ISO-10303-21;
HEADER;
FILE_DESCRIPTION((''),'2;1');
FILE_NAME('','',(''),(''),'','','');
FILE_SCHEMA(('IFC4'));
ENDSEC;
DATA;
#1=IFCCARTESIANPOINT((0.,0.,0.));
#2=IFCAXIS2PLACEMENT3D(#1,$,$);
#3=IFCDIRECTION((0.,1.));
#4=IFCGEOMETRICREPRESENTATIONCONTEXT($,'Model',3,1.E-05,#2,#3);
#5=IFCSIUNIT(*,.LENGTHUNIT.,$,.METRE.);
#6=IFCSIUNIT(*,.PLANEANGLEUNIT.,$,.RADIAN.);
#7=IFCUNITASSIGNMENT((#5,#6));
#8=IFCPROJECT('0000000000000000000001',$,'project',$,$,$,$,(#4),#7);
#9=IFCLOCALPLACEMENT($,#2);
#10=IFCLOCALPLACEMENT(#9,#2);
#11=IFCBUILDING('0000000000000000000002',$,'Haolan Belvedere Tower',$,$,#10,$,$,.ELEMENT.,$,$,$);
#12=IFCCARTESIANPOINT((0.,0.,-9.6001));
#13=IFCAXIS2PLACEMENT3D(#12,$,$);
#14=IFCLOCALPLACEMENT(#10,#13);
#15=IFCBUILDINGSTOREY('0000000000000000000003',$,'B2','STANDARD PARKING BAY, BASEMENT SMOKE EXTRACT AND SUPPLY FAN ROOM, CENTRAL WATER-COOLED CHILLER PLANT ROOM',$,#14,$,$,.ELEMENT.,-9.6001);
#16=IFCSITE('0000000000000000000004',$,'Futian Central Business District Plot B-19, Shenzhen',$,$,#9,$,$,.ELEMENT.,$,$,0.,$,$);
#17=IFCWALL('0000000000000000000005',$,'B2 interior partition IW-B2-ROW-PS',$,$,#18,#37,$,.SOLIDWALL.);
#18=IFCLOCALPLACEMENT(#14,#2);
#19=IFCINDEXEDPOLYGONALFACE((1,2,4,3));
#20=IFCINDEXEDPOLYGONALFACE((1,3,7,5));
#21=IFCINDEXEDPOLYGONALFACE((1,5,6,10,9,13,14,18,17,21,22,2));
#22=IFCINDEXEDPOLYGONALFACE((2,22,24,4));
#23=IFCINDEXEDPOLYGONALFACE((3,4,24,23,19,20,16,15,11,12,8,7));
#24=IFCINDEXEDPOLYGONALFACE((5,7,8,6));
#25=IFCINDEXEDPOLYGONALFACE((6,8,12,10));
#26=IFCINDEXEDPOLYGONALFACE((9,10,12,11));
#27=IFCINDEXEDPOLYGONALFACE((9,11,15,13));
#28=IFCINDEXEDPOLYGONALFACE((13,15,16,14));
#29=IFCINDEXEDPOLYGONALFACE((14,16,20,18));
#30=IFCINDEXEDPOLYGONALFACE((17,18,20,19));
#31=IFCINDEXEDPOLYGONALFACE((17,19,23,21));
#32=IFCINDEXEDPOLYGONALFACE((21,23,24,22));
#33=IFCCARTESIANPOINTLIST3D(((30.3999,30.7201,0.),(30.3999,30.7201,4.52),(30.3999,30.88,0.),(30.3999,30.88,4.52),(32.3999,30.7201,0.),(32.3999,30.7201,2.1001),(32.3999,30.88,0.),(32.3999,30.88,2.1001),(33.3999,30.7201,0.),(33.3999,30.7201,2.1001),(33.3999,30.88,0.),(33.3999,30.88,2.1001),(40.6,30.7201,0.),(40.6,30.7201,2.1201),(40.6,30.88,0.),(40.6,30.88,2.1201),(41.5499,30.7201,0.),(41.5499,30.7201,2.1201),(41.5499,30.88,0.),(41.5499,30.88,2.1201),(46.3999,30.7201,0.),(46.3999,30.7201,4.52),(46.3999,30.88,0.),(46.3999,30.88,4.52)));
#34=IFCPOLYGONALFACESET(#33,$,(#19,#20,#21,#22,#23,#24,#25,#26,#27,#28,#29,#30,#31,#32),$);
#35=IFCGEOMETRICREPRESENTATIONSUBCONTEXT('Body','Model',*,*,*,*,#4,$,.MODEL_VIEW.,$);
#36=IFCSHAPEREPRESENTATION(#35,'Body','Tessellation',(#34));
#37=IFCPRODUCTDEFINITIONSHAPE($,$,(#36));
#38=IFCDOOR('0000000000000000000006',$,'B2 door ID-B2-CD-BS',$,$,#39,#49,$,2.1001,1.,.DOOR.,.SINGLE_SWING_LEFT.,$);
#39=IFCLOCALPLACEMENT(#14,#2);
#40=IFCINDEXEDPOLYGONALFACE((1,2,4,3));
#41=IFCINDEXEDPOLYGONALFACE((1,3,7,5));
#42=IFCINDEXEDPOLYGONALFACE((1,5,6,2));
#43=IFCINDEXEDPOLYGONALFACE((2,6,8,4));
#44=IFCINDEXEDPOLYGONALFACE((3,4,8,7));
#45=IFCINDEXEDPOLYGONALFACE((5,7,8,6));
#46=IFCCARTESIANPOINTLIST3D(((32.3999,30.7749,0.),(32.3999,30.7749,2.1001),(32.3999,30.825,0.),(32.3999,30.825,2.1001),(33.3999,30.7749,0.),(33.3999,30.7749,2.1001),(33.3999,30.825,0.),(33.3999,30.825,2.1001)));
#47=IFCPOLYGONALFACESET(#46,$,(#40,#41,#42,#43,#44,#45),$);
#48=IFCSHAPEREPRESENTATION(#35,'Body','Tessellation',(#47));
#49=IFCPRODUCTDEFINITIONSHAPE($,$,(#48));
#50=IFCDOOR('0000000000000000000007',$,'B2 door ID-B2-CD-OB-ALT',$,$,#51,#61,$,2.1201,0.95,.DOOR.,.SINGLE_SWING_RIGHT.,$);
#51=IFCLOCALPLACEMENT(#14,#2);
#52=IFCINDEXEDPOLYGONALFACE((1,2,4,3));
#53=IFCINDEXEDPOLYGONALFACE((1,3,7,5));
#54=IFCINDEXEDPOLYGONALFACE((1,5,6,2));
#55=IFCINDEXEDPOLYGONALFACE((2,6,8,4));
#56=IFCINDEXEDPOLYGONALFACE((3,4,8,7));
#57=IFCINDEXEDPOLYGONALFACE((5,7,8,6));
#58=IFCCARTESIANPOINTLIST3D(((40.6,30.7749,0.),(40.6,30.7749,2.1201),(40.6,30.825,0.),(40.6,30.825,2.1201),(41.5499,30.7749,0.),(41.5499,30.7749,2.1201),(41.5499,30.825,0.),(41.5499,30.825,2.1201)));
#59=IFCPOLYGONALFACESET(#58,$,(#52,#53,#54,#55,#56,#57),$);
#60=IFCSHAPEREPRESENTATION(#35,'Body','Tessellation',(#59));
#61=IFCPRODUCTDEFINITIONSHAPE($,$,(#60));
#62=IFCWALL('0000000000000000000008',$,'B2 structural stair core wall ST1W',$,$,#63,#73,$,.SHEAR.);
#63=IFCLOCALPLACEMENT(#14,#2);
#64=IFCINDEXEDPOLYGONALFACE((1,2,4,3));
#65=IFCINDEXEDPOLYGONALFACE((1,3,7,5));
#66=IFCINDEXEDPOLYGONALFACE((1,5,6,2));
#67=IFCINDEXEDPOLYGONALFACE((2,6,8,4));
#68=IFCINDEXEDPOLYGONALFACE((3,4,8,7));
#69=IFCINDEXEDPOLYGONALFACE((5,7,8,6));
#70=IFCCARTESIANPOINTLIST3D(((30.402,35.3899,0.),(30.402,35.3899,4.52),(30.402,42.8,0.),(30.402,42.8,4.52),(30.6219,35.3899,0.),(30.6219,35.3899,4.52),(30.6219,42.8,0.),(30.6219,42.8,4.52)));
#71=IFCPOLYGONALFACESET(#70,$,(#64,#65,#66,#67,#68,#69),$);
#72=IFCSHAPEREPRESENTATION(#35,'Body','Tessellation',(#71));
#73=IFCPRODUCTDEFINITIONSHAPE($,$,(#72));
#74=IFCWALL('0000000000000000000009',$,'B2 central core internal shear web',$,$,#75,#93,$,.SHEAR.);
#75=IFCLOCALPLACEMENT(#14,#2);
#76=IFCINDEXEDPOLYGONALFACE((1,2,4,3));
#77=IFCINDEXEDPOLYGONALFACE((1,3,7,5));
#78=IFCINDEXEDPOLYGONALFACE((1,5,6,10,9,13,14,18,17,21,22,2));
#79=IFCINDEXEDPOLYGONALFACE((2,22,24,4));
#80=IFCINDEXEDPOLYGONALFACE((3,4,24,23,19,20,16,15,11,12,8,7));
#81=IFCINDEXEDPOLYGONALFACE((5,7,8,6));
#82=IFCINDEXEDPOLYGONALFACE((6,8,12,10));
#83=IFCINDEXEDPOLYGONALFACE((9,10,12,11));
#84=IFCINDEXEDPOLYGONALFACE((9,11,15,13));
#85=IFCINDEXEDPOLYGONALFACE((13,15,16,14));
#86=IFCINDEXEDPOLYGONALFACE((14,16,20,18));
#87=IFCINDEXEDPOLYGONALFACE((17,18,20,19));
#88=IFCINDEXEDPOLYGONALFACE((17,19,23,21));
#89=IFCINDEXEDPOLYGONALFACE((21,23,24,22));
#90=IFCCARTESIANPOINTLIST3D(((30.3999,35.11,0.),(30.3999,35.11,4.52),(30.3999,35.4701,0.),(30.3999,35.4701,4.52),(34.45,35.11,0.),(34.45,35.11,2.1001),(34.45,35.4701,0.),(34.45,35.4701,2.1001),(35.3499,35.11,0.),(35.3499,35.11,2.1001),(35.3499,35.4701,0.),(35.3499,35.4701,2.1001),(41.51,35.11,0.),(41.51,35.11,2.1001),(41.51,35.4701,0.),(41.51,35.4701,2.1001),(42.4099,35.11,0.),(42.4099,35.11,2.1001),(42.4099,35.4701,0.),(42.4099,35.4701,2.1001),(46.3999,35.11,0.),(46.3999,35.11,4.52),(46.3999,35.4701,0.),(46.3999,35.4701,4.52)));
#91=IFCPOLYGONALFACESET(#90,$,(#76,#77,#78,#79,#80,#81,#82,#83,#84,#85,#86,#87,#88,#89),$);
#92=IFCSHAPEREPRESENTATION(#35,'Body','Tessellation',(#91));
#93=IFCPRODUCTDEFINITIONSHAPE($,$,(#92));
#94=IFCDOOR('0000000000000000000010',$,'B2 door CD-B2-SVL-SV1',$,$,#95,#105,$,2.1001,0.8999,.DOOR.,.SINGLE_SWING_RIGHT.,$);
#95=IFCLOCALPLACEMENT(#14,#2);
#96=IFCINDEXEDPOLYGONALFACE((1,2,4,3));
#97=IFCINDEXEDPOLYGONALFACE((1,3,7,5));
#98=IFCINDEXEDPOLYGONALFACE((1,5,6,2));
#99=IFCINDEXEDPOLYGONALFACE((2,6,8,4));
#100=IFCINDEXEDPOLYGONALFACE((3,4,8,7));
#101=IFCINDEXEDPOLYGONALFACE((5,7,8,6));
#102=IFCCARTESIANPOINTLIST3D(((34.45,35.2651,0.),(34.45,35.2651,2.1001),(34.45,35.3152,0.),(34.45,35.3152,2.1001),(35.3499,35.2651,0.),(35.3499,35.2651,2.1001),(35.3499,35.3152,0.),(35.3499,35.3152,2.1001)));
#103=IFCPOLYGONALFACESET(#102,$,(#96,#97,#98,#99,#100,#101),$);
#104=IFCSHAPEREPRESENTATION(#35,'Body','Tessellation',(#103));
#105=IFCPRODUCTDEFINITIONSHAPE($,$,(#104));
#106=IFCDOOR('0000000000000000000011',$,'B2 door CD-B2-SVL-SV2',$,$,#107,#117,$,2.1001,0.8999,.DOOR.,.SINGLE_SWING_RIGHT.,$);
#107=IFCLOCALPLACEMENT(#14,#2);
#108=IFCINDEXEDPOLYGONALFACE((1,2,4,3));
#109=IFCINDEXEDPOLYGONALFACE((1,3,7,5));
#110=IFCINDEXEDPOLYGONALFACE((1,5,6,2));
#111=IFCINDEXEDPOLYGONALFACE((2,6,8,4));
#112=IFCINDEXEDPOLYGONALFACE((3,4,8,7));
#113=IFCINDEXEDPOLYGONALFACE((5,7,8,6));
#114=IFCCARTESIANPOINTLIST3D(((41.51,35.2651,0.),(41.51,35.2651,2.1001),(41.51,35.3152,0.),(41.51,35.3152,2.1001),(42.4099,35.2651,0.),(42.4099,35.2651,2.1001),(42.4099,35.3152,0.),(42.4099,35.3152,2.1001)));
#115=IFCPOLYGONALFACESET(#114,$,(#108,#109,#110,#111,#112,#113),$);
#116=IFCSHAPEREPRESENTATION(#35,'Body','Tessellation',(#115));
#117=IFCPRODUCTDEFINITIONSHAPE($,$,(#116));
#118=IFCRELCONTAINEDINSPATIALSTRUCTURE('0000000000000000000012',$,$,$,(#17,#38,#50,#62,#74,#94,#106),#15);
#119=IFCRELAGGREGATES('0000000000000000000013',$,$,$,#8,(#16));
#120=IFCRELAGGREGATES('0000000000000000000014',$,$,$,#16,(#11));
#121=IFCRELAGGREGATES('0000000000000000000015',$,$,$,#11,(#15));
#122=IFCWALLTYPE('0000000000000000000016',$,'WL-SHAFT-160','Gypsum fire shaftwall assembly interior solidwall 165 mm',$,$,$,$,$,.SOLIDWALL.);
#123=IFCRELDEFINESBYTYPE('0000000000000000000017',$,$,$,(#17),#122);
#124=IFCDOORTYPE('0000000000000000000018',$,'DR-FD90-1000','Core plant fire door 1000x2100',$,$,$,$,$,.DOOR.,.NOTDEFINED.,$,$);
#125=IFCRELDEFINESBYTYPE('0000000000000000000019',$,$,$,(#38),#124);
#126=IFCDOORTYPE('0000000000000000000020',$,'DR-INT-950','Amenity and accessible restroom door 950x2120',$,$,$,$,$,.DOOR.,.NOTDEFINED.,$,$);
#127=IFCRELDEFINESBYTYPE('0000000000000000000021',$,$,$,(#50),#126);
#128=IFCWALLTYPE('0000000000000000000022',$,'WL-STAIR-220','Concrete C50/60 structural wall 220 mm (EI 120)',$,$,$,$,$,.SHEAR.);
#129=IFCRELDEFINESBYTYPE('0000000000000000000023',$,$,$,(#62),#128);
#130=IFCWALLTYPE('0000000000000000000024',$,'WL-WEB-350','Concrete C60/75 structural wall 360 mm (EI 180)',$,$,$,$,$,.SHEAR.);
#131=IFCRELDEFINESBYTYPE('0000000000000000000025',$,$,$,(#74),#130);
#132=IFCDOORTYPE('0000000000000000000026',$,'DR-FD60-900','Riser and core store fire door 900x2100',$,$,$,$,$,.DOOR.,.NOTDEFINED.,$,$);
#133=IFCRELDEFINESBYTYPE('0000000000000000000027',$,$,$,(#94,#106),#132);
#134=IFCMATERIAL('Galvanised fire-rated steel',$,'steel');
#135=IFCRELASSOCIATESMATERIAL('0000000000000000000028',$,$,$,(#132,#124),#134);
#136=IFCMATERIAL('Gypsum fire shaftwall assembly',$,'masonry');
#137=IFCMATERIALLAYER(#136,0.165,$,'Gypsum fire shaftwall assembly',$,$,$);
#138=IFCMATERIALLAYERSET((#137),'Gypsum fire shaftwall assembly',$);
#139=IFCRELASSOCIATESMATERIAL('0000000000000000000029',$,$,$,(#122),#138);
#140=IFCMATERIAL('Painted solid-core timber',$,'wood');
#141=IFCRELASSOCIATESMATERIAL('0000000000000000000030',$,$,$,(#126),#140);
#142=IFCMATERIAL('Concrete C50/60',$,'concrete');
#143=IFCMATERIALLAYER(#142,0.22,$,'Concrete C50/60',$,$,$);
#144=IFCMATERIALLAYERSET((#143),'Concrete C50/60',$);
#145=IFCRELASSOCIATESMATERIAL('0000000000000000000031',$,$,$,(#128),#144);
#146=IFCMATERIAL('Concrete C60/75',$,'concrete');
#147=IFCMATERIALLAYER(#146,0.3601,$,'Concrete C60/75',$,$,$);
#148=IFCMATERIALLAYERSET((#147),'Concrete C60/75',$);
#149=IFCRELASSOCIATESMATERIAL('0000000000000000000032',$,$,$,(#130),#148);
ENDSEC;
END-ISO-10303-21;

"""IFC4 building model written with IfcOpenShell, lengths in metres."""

from ifc_helpers import new_model, si_unit, direction, frame, frame_2d, origin, place, context, subcontext, project, spatial, rectangle, extrude, material, layer, layer_set, type_object, element, fill, save


model = new_model("IFC4")

# Units and contexts
model_context = context("Model", 3, precision=1e-05, world=origin(), true_north=direction((0.0, 1.0)))
body_context = subcontext(model_context, "Body", "Model", "MODEL_VIEW")
ifc_project = project(units=[si_unit("LENGTHUNIT", "METRE"), si_unit("PLANEANGLEUNIT", "RADIAN")], contexts=[model_context])

# Site, building, storey
site_placement = place(None, origin())
site = spatial("IfcSite", under=ifc_project, at=site_placement, Name="Futian Central Business District Plot B-19, Shenzhen", CompositionType="ELEMENT", RefElevation=0.0)
building_placement = place(site_placement, origin())
building = spatial("IfcBuilding", under=site, at=building_placement, Name="Haolan Belvedere Tower", CompositionType="ELEMENT")
storey_placement = place(building_placement, frame((0.0, 0.0, -9.6001)))
storey = spatial("IfcBuildingStorey", under=building, at=storey_placement, Name="B2", Description="STANDARD PARKING BAY, BASEMENT SMOKE EXTRACT AND SUPPLY FAN ROOM, CENTRAL WATER-COOLED CHILLER PLANT ROOM", CompositionType="ELEMENT", Elevation=-9.6001)

# Shared definitions
ifc_material_1 = material(Name="Galvanised fire-rated steel", Category="steel")
door_type_1 = type_object("IfcDoorType", Name="DR-FD60-900", Description="Riser and core store fire door 900x2100", OperationType="NOTDEFINED", PredefinedType="DOOR", material=ifc_material_1)

# Shared definitions
ifc_material_2 = material(Name="Gypsum fire shaftwall assembly", Category="masonry")
ifc_layer_1 = layer(ifc_material_2, 0.165, Name="Gypsum fire shaftwall assembly")
ifc_layer_set_1 = layer_set([ifc_layer_1], Name="Gypsum fire shaftwall assembly")
wall_type_1 = type_object("IfcWallType", Name="WL-SHAFT-160", Description="Gypsum fire shaftwall assembly interior solidwall 165 mm", PredefinedType="SOLIDWALL", material=ifc_layer_set_1)
ifc_material_3 = material(Name="Painted solid-core timber", Category="wood")
door_type_2 = type_object("IfcDoorType", Name="DR-INT-950", Description="Amenity and accessible restroom door 950x2120", OperationType="NOTDEFINED", PredefinedType="DOOR", material=ifc_material_3)

# Wall, openings, doors
wall_1_placement = place(storey_placement, frame((30.3999, 30.8, 0.0), z_axis=(0.0, 0.0, 1.0), x_axis=(1.0, 0.0, 0.0)))
wall_1 = element("IfcWall", 1, at=wall_1_placement, inside=storey, type_object=wall_type_1, Name="B2 interior partition IW-B2-ROW-PS", PredefinedType="SOLIDWALL", context=body_context, shape_type="SweptSolid", body=[
    extrude(rectangle(XDim=16.0, YDim=0.1599, at=frame_2d((8.0, 0.0))), origin(), (0.0, 0.0, 1.0), 4.52),
])
opening_1_placement = place(wall_1_placement, frame((2.0, 0.0, 0.0)))
opening_1 = element("IfcOpeningElement", 2, at=opening_1_placement, cuts=wall_1, PredefinedType="OPENING", context=body_context, shape_type="SweptSolid", body=[
    extrude(rectangle(XDim=1.0, YDim=2.1001, at=frame_2d((0.5, 1.05))), frame((0.0, 0.0898, 0.0), z_axis=(0.0, -1.0, 0.0), x_axis=(1.0, 0.0, 0.0)), (0.0, 0.0, 1.0), 0.1799),
])
opening_2_placement = place(wall_1_placement, frame((10.2, 0.0, 0.0)))
opening_2 = element("IfcOpeningElement", 3, at=opening_2_placement, cuts=wall_1, PredefinedType="OPENING", context=body_context, shape_type="SweptSolid", body=[
    extrude(rectangle(XDim=0.95, YDim=2.1201, at=frame_2d((0.4751, 1.0601))), frame((0.0, 0.0898, 0.0), z_axis=(0.0, -1.0, 0.0), x_axis=(1.0, 0.0, 0.0)), (0.0, 0.0, 1.0), 0.1799),
])
door_type_3 = type_object("IfcDoorType", Name="DR-FD90-1000", Description="Core plant fire door 1000x2100", OperationType="NOTDEFINED", PredefinedType="DOOR", material=ifc_material_1)
door_1_placement = place(opening_1_placement, origin())
door_1 = element("IfcDoor", 4, at=door_1_placement, inside=storey, type_object=door_type_3, Name="B2 door ID-B2-CD-BS", OperationType="SINGLE_SWING_LEFT", OverallHeight=2.1001, OverallWidth=1.0, PredefinedType="DOOR", context=body_context, shape_type="SweptSolid", body=[
    extrude(rectangle(XDim=1.0, YDim=2.1001, at=frame_2d((0.5, 1.05))), frame((0.0, 0.0249, 0.0), z_axis=(0.0, -1.0, 0.0), x_axis=(1.0, 0.0, 0.0)), (0.0, 0.0, 1.0), 0.05),
])
fill(opening_1, door_1)
door_2_placement = place(opening_2_placement, origin())
door_2 = element("IfcDoor", 5, at=door_2_placement, inside=storey, type_object=door_type_2, Name="B2 door ID-B2-CD-OB-ALT", OperationType="SINGLE_SWING_RIGHT", OverallHeight=2.1201, OverallWidth=0.95, PredefinedType="DOOR", context=body_context, shape_type="SweptSolid", body=[
    extrude(rectangle(XDim=0.95, YDim=2.1201, at=frame_2d((0.4751, 1.0601))), frame((0.0, 0.0249, 0.0), z_axis=(0.0, -1.0, 0.0), x_axis=(1.0, 0.0, 0.0)), (0.0, 0.0, 1.0), 0.05),
])
fill(opening_2, door_2)

# Wall
ifc_material_4 = material(Name="Concrete C50/60", Category="concrete")
ifc_layer_2 = layer(ifc_material_4, 0.22, Name="Concrete C50/60")
ifc_layer_set_2 = layer_set([ifc_layer_2], Name="Concrete C50/60")
wall_type_2 = type_object("IfcWallType", Name="WL-STAIR-220", Description="Concrete C50/60 structural wall 220 mm (EI 120)", PredefinedType="SHEAR", material=ifc_layer_set_2)
wall_2_placement = place(storey_placement, frame((30.512, 35.3899, 0.0), z_axis=(0.0, 0.0, 1.0), x_axis=(0.0, 1.0, 0.0)))
element("IfcWall", 6, at=wall_2_placement, inside=storey, type_object=wall_type_2, Name="B2 structural stair core wall ST1W", PredefinedType="SHEAR", context=body_context, shape_type="SweptSolid", body=[
    extrude(rectangle(XDim=7.4102, YDim=0.22, at=frame_2d((3.7051, 0.0))), origin(), (0.0, 0.0, 1.0), 4.52),
])

# Wall, openings, doors
ifc_material_5 = material(Name="Concrete C60/75", Category="concrete")
ifc_layer_3 = layer(ifc_material_5, 0.3601, Name="Concrete C60/75")
ifc_layer_set_3 = layer_set([ifc_layer_3], Name="Concrete C60/75")
wall_type_3 = type_object("IfcWallType", Name="WL-WEB-350", Description="Concrete C60/75 structural wall 360 mm (EI 180)", PredefinedType="SHEAR", material=ifc_layer_set_3)
wall_3_placement = place(storey_placement, frame((30.3999, 35.29, 0.0), z_axis=(0.0, 0.0, 1.0), x_axis=(1.0, 0.0, 0.0)))
wall_3 = element("IfcWall", 7, at=wall_3_placement, inside=storey, type_object=wall_type_3, Name="B2 central core internal shear web", PredefinedType="SHEAR", context=body_context, shape_type="SweptSolid", body=[
    extrude(rectangle(XDim=16.0, YDim=0.3601, at=frame_2d((8.0, 0.0))), origin(), (0.0, 0.0, 1.0), 4.52),
])
opening_3_placement = place(wall_3_placement, frame((4.95, 0.0, 0.0), z_axis=(0.0, 0.0, 1.0), x_axis=(-1.0, 0.0, 0.0)))
opening_3 = element("IfcOpeningElement", 8, at=opening_3_placement, cuts=wall_3, PredefinedType="OPENING", context=body_context, shape_type="SweptSolid", body=[
    extrude(rectangle(XDim=0.8999, YDim=2.1001, at=frame_2d((0.45, 1.05))), frame((0.0, 0.1899, 0.0), z_axis=(0.0, -1.0, 0.0), x_axis=(1.0, 0.0, 0.0)), (0.0, 0.0, 1.0), 0.3801),
])
opening_4_placement = place(wall_3_placement, frame((12.01, 0.0, 0.0), z_axis=(0.0, 0.0, 1.0), x_axis=(-1.0, 0.0, 0.0)))
opening_4 = element("IfcOpeningElement", 9, at=opening_4_placement, cuts=wall_3, PredefinedType="OPENING", context=body_context, shape_type="SweptSolid", body=[
    extrude(rectangle(XDim=0.8999, YDim=2.1001, at=frame_2d((0.45, 1.05))), frame((0.0, 0.1899, 0.0), z_axis=(0.0, -1.0, 0.0), x_axis=(1.0, 0.0, 0.0)), (0.0, 0.0, 1.0), 0.3801),
])
door_3_placement = place(opening_3_placement, origin())
door_3 = element("IfcDoor", 10, at=door_3_placement, inside=storey, type_object=door_type_1, Name="B2 door CD-B2-SVL-SV1", OperationType="SINGLE_SWING_RIGHT", OverallHeight=2.1001, OverallWidth=0.8999, PredefinedType="DOOR", context=body_context, shape_type="SweptSolid", body=[
    extrude(rectangle(XDim=0.8999, YDim=2.1001, at=frame_2d((0.45, 1.05))), frame((0.0, 0.0249, 0.0), z_axis=(0.0, -1.0, 0.0), x_axis=(1.0, 0.0, 0.0)), (0.0, 0.0, 1.0), 0.05),
])
fill(opening_3, door_3)
door_4_placement = place(opening_4_placement, origin())
door_4 = element("IfcDoor", 11, at=door_4_placement, inside=storey, type_object=door_type_1, Name="B2 door CD-B2-SVL-SV2", OperationType="SINGLE_SWING_RIGHT", OverallHeight=2.1001, OverallWidth=0.8999, PredefinedType="DOOR", context=body_context, shape_type="SweptSolid", body=[
    extrude(rectangle(XDim=0.8999, YDim=2.1001, at=frame_2d((0.45, 1.05))), frame((0.0, 0.0249, 0.0), z_axis=(0.0, -1.0, 0.0), x_axis=(1.0, 0.0, 0.0)), (0.0, 0.0, 1.0), 0.05),
])
fill(opening_4, door_4)

save(model, "model.ifc")
